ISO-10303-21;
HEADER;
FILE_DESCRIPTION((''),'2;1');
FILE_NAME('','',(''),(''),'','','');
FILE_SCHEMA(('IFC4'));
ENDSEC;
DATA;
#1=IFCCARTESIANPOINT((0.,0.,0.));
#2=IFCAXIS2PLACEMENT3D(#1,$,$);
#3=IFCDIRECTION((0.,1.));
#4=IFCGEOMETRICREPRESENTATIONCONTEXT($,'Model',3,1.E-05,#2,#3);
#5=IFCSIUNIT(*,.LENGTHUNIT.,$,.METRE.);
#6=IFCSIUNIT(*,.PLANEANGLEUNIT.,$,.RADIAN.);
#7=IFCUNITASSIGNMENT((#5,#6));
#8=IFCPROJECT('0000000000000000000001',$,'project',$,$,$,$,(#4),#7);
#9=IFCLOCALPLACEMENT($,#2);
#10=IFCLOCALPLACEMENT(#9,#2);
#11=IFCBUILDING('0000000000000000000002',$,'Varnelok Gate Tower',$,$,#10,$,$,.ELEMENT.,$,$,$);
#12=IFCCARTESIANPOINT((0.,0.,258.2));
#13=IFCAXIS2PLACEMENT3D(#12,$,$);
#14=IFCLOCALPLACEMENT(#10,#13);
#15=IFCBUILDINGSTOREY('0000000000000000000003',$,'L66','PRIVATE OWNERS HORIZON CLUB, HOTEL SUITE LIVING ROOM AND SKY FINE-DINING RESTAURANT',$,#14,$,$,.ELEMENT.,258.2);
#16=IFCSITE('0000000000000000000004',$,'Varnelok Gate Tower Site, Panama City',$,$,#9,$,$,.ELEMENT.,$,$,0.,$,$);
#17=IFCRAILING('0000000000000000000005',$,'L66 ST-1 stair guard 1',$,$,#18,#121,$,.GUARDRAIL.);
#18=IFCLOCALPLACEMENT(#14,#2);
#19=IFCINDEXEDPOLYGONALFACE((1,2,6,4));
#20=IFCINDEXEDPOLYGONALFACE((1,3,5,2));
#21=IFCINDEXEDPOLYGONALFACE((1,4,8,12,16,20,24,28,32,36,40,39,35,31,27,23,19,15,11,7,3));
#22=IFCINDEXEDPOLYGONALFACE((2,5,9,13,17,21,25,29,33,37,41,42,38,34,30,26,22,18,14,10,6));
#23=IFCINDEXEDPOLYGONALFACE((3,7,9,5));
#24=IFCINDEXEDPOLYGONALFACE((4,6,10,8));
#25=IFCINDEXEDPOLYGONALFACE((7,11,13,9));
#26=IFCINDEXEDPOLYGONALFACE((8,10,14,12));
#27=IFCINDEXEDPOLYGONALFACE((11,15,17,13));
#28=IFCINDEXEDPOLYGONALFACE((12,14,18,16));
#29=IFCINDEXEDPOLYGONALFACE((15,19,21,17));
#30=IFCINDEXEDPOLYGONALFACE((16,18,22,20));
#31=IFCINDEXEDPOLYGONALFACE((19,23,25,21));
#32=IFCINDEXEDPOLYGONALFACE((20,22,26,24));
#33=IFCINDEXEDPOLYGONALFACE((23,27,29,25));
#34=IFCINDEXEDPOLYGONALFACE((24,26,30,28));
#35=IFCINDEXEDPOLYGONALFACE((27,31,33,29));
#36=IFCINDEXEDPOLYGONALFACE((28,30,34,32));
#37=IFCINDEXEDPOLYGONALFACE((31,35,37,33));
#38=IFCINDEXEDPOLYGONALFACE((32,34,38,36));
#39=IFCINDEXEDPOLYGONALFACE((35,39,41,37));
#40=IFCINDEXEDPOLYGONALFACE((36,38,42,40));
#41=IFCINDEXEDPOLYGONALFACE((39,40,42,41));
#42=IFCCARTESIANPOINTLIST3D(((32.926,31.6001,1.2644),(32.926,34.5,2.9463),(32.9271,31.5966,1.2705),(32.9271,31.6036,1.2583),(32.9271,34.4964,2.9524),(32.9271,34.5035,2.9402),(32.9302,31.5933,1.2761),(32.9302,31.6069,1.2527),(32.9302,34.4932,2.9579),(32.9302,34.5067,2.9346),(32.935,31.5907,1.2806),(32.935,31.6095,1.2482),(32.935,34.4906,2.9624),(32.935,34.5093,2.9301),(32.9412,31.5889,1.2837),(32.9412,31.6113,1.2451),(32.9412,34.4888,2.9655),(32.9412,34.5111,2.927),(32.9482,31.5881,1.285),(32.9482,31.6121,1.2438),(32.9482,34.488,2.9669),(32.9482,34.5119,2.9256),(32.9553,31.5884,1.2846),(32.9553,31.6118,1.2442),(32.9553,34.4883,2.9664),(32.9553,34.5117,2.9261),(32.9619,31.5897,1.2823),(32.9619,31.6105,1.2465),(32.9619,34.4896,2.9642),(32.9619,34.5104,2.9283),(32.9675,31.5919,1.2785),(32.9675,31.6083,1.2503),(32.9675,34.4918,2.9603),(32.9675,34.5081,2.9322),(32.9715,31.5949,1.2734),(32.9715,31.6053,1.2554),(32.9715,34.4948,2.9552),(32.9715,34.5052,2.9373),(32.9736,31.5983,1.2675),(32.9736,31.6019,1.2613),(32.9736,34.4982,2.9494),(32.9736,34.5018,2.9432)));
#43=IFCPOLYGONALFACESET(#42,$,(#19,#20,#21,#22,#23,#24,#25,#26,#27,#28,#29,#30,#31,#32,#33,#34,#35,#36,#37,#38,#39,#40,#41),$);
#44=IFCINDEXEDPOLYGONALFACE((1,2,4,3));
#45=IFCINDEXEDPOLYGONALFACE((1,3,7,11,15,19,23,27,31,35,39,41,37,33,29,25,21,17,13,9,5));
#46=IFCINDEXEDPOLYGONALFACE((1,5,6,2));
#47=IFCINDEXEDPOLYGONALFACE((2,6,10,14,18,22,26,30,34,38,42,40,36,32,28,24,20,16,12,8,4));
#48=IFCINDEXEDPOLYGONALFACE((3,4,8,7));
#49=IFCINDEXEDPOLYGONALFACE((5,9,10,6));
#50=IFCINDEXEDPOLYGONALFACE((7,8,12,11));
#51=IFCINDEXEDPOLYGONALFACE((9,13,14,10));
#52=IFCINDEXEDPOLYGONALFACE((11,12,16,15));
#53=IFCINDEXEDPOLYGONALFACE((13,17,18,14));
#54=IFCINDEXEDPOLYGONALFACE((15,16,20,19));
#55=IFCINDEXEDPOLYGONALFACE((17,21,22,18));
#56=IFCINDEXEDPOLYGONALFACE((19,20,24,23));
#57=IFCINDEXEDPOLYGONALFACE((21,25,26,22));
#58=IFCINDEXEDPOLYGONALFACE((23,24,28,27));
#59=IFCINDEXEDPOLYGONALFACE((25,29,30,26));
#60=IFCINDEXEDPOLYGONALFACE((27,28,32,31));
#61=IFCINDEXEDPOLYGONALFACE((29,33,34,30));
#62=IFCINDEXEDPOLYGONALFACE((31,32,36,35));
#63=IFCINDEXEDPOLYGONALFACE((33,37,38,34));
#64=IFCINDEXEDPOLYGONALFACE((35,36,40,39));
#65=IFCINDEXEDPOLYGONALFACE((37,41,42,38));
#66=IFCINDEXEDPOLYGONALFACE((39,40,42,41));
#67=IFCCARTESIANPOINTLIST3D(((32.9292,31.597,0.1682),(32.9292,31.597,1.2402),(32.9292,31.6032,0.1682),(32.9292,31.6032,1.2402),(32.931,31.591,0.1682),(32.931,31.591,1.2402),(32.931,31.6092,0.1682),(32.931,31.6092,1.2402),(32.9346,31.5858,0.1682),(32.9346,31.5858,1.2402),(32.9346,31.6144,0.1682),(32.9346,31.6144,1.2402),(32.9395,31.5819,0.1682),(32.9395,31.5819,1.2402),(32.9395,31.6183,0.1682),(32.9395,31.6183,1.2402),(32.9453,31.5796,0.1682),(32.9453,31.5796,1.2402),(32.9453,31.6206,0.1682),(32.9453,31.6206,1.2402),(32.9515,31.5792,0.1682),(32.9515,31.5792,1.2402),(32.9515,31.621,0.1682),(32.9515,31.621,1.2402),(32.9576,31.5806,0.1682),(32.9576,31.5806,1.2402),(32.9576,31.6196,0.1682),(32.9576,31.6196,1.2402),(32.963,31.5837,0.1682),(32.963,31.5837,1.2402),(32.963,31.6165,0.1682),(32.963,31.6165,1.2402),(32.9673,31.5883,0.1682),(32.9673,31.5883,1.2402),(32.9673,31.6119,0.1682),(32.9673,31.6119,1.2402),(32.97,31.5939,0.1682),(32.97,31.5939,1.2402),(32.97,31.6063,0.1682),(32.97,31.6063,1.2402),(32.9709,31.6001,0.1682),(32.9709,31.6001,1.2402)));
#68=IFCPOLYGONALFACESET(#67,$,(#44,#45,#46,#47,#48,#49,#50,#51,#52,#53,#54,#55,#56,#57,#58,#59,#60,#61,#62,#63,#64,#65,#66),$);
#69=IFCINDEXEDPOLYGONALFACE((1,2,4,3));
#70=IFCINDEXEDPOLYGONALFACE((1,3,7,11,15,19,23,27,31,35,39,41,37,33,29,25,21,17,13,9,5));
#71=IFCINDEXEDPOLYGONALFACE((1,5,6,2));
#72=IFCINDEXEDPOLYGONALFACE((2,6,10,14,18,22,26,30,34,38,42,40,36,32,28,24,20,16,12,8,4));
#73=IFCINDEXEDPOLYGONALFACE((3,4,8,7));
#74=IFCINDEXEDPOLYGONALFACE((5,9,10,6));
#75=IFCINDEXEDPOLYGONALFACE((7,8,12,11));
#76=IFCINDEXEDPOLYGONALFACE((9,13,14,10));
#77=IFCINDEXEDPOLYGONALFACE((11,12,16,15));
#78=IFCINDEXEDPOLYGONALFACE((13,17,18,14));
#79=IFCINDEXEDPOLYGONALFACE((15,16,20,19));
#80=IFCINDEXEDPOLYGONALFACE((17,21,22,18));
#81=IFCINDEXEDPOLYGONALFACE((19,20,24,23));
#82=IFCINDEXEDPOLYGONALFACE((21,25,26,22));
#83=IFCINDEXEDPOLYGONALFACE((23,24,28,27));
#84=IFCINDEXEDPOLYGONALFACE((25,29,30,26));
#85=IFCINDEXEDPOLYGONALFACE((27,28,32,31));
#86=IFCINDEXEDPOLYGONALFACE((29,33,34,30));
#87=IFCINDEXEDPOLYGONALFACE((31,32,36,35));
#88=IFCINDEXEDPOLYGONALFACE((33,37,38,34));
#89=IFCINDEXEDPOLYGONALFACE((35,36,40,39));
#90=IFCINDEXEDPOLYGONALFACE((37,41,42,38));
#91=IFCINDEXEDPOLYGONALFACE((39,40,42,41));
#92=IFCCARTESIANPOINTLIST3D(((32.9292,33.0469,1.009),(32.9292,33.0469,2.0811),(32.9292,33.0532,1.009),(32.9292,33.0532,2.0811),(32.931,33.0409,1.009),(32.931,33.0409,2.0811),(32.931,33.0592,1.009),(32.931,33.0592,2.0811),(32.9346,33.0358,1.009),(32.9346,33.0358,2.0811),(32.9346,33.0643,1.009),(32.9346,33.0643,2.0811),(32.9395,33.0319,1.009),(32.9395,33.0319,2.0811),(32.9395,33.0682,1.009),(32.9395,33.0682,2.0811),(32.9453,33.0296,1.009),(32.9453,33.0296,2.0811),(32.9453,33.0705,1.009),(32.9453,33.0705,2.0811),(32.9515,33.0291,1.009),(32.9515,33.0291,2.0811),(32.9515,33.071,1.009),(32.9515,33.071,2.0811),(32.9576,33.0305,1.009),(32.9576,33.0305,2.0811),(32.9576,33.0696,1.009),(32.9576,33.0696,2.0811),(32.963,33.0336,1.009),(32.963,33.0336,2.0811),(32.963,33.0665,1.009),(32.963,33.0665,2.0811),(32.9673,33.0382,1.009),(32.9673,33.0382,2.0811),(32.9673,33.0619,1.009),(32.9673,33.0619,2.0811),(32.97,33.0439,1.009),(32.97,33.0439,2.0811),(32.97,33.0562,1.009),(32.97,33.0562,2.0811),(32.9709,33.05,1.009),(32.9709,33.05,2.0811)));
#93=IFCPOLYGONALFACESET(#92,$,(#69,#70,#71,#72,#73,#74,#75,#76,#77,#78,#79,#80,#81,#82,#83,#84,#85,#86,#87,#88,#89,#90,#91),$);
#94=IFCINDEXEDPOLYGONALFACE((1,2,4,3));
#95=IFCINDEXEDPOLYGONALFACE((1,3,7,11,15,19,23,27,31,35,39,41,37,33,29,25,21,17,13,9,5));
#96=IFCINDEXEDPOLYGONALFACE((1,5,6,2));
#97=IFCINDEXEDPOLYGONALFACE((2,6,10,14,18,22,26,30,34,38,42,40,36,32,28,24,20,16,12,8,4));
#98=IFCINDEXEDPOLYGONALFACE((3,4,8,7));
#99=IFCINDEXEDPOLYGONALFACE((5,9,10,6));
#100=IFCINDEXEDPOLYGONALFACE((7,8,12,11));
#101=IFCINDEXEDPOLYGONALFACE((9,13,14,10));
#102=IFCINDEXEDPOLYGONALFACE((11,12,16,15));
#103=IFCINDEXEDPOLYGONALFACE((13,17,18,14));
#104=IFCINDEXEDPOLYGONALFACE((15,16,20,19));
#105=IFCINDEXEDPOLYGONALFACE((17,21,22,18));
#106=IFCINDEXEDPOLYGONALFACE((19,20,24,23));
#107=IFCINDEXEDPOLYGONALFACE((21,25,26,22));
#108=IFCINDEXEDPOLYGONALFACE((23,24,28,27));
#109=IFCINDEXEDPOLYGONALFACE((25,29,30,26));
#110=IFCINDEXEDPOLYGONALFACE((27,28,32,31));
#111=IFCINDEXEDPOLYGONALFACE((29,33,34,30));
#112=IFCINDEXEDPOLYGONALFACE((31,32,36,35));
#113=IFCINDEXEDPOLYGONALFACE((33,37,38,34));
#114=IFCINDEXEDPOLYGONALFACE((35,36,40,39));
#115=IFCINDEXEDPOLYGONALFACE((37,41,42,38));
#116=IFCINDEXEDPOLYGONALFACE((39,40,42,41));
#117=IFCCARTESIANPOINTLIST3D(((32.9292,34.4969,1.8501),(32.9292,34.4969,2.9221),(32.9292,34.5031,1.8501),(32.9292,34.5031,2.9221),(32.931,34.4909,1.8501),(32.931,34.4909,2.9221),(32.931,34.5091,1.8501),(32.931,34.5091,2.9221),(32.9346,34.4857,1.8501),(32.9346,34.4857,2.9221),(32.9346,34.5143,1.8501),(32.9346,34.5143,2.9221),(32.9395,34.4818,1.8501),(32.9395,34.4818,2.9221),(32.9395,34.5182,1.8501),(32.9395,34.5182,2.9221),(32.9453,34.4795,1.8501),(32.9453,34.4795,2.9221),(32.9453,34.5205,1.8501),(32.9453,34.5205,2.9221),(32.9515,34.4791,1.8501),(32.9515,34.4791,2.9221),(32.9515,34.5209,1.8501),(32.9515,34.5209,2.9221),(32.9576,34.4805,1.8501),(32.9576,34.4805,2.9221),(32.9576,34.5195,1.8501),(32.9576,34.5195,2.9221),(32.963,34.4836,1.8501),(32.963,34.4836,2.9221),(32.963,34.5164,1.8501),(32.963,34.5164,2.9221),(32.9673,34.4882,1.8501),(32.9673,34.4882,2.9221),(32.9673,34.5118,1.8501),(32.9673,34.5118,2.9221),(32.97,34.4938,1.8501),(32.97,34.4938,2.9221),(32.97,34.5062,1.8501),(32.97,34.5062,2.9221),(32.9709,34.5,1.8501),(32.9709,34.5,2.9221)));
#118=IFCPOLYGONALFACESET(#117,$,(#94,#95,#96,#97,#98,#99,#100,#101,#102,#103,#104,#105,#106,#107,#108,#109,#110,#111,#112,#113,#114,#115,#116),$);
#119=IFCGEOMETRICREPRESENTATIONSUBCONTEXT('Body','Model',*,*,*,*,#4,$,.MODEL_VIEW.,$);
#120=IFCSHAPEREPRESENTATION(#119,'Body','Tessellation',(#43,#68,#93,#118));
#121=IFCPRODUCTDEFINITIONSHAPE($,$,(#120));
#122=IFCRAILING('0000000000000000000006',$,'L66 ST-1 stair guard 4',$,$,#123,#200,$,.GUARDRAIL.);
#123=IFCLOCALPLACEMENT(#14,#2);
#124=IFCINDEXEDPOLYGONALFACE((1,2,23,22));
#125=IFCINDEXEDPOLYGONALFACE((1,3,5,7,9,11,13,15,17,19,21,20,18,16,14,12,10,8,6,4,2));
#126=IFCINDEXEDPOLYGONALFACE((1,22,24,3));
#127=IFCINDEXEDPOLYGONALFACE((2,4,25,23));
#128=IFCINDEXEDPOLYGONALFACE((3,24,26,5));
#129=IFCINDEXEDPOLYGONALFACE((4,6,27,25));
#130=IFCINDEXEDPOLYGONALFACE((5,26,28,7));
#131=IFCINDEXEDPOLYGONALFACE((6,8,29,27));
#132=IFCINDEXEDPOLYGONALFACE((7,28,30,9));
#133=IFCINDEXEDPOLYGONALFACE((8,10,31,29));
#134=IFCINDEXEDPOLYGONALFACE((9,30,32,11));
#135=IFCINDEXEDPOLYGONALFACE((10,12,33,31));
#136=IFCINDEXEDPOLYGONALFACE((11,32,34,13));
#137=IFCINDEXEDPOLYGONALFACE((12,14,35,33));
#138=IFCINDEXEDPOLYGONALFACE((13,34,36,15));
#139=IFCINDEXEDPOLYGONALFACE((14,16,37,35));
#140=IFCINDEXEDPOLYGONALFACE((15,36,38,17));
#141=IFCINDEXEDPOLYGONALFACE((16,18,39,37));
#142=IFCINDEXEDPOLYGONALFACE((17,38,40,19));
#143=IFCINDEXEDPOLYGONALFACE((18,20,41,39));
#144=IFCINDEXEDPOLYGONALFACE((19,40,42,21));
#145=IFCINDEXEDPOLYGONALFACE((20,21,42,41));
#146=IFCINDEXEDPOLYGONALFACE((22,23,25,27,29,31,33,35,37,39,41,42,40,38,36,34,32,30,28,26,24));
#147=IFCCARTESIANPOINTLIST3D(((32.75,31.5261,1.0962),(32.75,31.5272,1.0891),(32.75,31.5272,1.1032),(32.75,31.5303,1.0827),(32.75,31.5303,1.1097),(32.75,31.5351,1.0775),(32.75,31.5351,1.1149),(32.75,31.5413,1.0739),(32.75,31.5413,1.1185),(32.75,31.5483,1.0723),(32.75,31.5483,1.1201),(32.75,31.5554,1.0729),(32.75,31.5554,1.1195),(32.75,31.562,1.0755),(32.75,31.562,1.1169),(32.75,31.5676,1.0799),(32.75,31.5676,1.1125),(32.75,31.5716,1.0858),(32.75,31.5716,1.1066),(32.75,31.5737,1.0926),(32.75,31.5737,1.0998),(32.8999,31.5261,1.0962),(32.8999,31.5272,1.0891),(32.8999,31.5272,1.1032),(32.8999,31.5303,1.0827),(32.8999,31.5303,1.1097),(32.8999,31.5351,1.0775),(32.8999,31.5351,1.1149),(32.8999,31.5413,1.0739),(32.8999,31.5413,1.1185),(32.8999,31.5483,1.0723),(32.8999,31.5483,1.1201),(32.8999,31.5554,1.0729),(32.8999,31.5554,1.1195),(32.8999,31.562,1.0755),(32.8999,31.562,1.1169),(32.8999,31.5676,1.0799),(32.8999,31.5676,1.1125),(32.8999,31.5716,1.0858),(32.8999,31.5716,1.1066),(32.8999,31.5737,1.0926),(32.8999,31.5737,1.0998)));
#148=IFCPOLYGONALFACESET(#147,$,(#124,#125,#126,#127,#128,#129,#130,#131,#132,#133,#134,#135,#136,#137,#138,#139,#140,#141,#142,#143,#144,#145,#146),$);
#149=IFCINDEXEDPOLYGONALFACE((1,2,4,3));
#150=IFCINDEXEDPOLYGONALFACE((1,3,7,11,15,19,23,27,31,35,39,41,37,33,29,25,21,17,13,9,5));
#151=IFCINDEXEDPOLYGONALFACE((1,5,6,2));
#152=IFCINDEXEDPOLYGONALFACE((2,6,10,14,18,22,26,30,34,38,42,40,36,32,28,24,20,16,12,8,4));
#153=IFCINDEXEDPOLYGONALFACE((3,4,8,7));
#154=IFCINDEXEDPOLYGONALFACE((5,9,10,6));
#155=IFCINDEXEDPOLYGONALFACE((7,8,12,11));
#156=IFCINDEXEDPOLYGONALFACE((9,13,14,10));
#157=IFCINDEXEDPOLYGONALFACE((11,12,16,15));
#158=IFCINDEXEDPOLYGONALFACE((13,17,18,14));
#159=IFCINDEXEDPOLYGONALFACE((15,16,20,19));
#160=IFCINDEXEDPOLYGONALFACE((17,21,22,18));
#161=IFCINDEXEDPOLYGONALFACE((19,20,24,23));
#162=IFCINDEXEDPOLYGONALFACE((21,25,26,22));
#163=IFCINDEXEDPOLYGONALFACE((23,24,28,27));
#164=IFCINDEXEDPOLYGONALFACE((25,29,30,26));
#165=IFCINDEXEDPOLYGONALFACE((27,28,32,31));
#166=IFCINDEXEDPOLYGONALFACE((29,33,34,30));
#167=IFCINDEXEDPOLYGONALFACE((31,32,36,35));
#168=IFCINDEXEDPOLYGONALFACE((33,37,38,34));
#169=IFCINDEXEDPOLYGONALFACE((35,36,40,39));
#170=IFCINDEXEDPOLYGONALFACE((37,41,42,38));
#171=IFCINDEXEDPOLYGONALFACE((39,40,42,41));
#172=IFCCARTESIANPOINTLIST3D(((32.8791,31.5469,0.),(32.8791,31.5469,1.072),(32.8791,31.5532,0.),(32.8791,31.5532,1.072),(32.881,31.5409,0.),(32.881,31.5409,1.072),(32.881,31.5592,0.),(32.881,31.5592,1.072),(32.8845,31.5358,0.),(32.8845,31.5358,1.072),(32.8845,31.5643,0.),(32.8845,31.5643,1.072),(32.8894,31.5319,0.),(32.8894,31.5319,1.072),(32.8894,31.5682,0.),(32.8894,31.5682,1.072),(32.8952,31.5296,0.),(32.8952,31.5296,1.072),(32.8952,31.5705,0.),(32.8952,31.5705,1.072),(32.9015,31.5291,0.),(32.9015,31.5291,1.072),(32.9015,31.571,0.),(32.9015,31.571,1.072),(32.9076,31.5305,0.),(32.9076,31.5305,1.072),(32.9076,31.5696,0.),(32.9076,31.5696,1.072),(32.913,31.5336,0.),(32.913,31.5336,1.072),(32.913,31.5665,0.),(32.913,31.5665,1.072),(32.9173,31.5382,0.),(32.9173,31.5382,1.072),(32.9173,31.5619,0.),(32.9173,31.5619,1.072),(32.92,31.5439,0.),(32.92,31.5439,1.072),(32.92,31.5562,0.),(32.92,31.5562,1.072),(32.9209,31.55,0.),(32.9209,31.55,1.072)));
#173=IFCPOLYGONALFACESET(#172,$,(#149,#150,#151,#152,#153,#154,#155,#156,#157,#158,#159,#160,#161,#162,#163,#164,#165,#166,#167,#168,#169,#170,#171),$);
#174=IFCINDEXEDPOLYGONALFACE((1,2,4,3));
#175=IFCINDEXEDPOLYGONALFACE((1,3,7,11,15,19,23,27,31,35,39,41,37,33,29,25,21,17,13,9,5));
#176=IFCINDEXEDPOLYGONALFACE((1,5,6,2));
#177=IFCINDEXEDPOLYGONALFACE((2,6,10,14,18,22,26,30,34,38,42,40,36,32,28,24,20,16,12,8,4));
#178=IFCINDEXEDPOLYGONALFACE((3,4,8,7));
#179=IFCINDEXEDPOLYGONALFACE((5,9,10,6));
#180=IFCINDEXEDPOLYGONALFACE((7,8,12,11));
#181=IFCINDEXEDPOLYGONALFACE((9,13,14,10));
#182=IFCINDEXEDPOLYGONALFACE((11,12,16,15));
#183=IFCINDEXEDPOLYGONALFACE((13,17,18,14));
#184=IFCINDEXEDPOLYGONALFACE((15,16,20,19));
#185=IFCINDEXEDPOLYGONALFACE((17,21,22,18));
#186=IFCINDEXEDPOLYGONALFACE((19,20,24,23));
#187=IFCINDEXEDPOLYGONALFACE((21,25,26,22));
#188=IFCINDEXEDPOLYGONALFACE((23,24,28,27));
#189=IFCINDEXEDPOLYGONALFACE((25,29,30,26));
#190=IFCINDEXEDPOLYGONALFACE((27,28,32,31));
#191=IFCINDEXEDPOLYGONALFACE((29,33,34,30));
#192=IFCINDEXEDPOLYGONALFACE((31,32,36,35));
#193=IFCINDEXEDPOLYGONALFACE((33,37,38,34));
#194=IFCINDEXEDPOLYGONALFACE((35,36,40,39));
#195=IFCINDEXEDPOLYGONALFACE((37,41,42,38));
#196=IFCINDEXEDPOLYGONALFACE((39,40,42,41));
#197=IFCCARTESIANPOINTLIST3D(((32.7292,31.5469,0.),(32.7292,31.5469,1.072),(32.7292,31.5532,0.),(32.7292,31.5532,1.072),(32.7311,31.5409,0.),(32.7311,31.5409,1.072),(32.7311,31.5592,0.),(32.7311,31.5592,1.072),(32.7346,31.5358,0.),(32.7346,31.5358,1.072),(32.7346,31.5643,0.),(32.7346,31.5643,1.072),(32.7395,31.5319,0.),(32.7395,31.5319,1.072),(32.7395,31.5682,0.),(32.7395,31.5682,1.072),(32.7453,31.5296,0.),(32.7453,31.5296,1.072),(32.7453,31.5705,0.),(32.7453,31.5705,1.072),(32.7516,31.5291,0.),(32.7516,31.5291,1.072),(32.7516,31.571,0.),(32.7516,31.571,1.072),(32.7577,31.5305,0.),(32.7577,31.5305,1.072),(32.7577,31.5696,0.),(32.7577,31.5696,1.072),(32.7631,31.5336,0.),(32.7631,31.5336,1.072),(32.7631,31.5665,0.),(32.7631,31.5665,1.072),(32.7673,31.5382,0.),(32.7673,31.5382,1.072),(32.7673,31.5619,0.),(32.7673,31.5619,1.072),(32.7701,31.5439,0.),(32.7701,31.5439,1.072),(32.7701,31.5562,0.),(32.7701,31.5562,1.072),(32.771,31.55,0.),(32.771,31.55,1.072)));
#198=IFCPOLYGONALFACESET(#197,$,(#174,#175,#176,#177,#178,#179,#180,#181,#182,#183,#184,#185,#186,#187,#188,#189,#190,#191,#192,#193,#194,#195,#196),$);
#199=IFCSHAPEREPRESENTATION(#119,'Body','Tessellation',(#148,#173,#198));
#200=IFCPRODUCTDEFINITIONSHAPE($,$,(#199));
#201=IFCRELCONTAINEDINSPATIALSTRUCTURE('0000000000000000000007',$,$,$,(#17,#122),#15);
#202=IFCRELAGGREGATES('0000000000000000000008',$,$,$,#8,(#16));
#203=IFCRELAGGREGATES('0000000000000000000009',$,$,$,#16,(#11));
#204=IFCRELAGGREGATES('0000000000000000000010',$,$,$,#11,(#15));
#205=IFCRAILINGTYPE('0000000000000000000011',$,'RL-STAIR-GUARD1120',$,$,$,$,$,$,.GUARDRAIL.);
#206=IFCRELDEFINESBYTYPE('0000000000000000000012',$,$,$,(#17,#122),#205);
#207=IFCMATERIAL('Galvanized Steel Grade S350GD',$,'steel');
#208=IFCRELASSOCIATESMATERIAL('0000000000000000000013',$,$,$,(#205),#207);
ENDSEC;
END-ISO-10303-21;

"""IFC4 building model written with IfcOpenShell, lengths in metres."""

from ifc_helpers import new_model, si_unit, direction, frame, origin, origin_2d, place, context, subcontext, project, spatial, circle, extrude, material, type_object, element, save


model = new_model("IFC4")

# Units and contexts
model_context = context("Model", 3, precision=1e-05, world=origin(), true_north=direction((0.0, 1.0)))
body_context = subcontext(model_context, "Body", "Model", "MODEL_VIEW")
ifc_project = project(units=[si_unit("LENGTHUNIT", "METRE"), si_unit("PLANEANGLEUNIT", "RADIAN")], contexts=[model_context])

# Site, building, storey
site_placement = place(None, origin())
site = spatial("IfcSite", under=ifc_project, at=site_placement, Name="Varnelok Gate Tower Site, Panama City", CompositionType="ELEMENT", RefElevation=0.0)
building_placement = place(site_placement, origin())
building = spatial("IfcBuilding", under=site, at=building_placement, Name="Varnelok Gate Tower", CompositionType="ELEMENT")
storey_placement = place(building_placement, frame((0.0, 0.0, 258.2)))
storey = spatial("IfcBuildingStorey", under=building, at=storey_placement, Name="L66", Description="PRIVATE OWNERS HORIZON CLUB, HOTEL SUITE LIVING ROOM AND SKY FINE-DINING RESTAURANT", CompositionType="ELEMENT", Elevation=258.2)

# Shared definitions
ifc_material_1 = material(Name="Galvanized Steel Grade S350GD", Category="steel")

# Railings
railing_type_1 = type_object("IfcRailingType", Name="RL-STAIR-GUARD1120", PredefinedType="GUARDRAIL", material=ifc_material_1)
railing_1_placement = place(storey_placement, frame((32.95, 31.6001, 0.1682)))
element("IfcRailing", 1, at=railing_1_placement, inside=storey, type_object=railing_type_1, Name="L66 ST-1 stair guard 1", PredefinedType="GUARDRAIL", context=body_context, shape_type="SweptSolid", body=[
    extrude(circle(Radius=0.0239, at=origin_2d()), frame((0.0, 0.0, 1.0962), z_axis=(0.0, 0.865039, 0.501705), x_axis=(-1.0, 0.0, 0.0)), (0.0, 0.0, 1.0), 3.3523),
    extrude(circle(Radius=0.021, at=origin_2d()), origin(), (0.0, 0.0, 1.0), 1.072),
    extrude(circle(Radius=0.021, at=origin_2d()), frame((0.0, 1.45, 0.8408)), (0.0, 0.0, 1.0), 1.072),
    extrude(circle(Radius=0.021, at=origin_2d()), frame((0.0, 2.8999, 1.6819)), (0.0, 0.0, 1.0), 1.072),
])
railing_2_placement = place(storey_placement, frame((32.8999, 31.55, 0.0)))
element("IfcRailing", 2, at=railing_2_placement, inside=storey, type_object=railing_type_1, Name="L66 ST-1 stair guard 4", PredefinedType="GUARDRAIL", context=body_context, shape_type="SweptSolid", body=[
    extrude(circle(Radius=0.0239, at=origin_2d()), frame((0.0, 0.0, 1.0962), z_axis=(-1.0, 0.0, 0.0), x_axis=(0.0, -1.0, 0.0)), (0.0, 0.0, 1.0), 0.1499),
    extrude(circle(Radius=0.021, at=origin_2d()), origin(), (0.0, 0.0, 1.0), 1.072),
    extrude(circle(Radius=0.021, at=origin_2d()), frame((-0.1499, 0.0, 0.0)), (0.0, 0.0, 1.0), 1.072),
])

save(model, "model.ifc")
